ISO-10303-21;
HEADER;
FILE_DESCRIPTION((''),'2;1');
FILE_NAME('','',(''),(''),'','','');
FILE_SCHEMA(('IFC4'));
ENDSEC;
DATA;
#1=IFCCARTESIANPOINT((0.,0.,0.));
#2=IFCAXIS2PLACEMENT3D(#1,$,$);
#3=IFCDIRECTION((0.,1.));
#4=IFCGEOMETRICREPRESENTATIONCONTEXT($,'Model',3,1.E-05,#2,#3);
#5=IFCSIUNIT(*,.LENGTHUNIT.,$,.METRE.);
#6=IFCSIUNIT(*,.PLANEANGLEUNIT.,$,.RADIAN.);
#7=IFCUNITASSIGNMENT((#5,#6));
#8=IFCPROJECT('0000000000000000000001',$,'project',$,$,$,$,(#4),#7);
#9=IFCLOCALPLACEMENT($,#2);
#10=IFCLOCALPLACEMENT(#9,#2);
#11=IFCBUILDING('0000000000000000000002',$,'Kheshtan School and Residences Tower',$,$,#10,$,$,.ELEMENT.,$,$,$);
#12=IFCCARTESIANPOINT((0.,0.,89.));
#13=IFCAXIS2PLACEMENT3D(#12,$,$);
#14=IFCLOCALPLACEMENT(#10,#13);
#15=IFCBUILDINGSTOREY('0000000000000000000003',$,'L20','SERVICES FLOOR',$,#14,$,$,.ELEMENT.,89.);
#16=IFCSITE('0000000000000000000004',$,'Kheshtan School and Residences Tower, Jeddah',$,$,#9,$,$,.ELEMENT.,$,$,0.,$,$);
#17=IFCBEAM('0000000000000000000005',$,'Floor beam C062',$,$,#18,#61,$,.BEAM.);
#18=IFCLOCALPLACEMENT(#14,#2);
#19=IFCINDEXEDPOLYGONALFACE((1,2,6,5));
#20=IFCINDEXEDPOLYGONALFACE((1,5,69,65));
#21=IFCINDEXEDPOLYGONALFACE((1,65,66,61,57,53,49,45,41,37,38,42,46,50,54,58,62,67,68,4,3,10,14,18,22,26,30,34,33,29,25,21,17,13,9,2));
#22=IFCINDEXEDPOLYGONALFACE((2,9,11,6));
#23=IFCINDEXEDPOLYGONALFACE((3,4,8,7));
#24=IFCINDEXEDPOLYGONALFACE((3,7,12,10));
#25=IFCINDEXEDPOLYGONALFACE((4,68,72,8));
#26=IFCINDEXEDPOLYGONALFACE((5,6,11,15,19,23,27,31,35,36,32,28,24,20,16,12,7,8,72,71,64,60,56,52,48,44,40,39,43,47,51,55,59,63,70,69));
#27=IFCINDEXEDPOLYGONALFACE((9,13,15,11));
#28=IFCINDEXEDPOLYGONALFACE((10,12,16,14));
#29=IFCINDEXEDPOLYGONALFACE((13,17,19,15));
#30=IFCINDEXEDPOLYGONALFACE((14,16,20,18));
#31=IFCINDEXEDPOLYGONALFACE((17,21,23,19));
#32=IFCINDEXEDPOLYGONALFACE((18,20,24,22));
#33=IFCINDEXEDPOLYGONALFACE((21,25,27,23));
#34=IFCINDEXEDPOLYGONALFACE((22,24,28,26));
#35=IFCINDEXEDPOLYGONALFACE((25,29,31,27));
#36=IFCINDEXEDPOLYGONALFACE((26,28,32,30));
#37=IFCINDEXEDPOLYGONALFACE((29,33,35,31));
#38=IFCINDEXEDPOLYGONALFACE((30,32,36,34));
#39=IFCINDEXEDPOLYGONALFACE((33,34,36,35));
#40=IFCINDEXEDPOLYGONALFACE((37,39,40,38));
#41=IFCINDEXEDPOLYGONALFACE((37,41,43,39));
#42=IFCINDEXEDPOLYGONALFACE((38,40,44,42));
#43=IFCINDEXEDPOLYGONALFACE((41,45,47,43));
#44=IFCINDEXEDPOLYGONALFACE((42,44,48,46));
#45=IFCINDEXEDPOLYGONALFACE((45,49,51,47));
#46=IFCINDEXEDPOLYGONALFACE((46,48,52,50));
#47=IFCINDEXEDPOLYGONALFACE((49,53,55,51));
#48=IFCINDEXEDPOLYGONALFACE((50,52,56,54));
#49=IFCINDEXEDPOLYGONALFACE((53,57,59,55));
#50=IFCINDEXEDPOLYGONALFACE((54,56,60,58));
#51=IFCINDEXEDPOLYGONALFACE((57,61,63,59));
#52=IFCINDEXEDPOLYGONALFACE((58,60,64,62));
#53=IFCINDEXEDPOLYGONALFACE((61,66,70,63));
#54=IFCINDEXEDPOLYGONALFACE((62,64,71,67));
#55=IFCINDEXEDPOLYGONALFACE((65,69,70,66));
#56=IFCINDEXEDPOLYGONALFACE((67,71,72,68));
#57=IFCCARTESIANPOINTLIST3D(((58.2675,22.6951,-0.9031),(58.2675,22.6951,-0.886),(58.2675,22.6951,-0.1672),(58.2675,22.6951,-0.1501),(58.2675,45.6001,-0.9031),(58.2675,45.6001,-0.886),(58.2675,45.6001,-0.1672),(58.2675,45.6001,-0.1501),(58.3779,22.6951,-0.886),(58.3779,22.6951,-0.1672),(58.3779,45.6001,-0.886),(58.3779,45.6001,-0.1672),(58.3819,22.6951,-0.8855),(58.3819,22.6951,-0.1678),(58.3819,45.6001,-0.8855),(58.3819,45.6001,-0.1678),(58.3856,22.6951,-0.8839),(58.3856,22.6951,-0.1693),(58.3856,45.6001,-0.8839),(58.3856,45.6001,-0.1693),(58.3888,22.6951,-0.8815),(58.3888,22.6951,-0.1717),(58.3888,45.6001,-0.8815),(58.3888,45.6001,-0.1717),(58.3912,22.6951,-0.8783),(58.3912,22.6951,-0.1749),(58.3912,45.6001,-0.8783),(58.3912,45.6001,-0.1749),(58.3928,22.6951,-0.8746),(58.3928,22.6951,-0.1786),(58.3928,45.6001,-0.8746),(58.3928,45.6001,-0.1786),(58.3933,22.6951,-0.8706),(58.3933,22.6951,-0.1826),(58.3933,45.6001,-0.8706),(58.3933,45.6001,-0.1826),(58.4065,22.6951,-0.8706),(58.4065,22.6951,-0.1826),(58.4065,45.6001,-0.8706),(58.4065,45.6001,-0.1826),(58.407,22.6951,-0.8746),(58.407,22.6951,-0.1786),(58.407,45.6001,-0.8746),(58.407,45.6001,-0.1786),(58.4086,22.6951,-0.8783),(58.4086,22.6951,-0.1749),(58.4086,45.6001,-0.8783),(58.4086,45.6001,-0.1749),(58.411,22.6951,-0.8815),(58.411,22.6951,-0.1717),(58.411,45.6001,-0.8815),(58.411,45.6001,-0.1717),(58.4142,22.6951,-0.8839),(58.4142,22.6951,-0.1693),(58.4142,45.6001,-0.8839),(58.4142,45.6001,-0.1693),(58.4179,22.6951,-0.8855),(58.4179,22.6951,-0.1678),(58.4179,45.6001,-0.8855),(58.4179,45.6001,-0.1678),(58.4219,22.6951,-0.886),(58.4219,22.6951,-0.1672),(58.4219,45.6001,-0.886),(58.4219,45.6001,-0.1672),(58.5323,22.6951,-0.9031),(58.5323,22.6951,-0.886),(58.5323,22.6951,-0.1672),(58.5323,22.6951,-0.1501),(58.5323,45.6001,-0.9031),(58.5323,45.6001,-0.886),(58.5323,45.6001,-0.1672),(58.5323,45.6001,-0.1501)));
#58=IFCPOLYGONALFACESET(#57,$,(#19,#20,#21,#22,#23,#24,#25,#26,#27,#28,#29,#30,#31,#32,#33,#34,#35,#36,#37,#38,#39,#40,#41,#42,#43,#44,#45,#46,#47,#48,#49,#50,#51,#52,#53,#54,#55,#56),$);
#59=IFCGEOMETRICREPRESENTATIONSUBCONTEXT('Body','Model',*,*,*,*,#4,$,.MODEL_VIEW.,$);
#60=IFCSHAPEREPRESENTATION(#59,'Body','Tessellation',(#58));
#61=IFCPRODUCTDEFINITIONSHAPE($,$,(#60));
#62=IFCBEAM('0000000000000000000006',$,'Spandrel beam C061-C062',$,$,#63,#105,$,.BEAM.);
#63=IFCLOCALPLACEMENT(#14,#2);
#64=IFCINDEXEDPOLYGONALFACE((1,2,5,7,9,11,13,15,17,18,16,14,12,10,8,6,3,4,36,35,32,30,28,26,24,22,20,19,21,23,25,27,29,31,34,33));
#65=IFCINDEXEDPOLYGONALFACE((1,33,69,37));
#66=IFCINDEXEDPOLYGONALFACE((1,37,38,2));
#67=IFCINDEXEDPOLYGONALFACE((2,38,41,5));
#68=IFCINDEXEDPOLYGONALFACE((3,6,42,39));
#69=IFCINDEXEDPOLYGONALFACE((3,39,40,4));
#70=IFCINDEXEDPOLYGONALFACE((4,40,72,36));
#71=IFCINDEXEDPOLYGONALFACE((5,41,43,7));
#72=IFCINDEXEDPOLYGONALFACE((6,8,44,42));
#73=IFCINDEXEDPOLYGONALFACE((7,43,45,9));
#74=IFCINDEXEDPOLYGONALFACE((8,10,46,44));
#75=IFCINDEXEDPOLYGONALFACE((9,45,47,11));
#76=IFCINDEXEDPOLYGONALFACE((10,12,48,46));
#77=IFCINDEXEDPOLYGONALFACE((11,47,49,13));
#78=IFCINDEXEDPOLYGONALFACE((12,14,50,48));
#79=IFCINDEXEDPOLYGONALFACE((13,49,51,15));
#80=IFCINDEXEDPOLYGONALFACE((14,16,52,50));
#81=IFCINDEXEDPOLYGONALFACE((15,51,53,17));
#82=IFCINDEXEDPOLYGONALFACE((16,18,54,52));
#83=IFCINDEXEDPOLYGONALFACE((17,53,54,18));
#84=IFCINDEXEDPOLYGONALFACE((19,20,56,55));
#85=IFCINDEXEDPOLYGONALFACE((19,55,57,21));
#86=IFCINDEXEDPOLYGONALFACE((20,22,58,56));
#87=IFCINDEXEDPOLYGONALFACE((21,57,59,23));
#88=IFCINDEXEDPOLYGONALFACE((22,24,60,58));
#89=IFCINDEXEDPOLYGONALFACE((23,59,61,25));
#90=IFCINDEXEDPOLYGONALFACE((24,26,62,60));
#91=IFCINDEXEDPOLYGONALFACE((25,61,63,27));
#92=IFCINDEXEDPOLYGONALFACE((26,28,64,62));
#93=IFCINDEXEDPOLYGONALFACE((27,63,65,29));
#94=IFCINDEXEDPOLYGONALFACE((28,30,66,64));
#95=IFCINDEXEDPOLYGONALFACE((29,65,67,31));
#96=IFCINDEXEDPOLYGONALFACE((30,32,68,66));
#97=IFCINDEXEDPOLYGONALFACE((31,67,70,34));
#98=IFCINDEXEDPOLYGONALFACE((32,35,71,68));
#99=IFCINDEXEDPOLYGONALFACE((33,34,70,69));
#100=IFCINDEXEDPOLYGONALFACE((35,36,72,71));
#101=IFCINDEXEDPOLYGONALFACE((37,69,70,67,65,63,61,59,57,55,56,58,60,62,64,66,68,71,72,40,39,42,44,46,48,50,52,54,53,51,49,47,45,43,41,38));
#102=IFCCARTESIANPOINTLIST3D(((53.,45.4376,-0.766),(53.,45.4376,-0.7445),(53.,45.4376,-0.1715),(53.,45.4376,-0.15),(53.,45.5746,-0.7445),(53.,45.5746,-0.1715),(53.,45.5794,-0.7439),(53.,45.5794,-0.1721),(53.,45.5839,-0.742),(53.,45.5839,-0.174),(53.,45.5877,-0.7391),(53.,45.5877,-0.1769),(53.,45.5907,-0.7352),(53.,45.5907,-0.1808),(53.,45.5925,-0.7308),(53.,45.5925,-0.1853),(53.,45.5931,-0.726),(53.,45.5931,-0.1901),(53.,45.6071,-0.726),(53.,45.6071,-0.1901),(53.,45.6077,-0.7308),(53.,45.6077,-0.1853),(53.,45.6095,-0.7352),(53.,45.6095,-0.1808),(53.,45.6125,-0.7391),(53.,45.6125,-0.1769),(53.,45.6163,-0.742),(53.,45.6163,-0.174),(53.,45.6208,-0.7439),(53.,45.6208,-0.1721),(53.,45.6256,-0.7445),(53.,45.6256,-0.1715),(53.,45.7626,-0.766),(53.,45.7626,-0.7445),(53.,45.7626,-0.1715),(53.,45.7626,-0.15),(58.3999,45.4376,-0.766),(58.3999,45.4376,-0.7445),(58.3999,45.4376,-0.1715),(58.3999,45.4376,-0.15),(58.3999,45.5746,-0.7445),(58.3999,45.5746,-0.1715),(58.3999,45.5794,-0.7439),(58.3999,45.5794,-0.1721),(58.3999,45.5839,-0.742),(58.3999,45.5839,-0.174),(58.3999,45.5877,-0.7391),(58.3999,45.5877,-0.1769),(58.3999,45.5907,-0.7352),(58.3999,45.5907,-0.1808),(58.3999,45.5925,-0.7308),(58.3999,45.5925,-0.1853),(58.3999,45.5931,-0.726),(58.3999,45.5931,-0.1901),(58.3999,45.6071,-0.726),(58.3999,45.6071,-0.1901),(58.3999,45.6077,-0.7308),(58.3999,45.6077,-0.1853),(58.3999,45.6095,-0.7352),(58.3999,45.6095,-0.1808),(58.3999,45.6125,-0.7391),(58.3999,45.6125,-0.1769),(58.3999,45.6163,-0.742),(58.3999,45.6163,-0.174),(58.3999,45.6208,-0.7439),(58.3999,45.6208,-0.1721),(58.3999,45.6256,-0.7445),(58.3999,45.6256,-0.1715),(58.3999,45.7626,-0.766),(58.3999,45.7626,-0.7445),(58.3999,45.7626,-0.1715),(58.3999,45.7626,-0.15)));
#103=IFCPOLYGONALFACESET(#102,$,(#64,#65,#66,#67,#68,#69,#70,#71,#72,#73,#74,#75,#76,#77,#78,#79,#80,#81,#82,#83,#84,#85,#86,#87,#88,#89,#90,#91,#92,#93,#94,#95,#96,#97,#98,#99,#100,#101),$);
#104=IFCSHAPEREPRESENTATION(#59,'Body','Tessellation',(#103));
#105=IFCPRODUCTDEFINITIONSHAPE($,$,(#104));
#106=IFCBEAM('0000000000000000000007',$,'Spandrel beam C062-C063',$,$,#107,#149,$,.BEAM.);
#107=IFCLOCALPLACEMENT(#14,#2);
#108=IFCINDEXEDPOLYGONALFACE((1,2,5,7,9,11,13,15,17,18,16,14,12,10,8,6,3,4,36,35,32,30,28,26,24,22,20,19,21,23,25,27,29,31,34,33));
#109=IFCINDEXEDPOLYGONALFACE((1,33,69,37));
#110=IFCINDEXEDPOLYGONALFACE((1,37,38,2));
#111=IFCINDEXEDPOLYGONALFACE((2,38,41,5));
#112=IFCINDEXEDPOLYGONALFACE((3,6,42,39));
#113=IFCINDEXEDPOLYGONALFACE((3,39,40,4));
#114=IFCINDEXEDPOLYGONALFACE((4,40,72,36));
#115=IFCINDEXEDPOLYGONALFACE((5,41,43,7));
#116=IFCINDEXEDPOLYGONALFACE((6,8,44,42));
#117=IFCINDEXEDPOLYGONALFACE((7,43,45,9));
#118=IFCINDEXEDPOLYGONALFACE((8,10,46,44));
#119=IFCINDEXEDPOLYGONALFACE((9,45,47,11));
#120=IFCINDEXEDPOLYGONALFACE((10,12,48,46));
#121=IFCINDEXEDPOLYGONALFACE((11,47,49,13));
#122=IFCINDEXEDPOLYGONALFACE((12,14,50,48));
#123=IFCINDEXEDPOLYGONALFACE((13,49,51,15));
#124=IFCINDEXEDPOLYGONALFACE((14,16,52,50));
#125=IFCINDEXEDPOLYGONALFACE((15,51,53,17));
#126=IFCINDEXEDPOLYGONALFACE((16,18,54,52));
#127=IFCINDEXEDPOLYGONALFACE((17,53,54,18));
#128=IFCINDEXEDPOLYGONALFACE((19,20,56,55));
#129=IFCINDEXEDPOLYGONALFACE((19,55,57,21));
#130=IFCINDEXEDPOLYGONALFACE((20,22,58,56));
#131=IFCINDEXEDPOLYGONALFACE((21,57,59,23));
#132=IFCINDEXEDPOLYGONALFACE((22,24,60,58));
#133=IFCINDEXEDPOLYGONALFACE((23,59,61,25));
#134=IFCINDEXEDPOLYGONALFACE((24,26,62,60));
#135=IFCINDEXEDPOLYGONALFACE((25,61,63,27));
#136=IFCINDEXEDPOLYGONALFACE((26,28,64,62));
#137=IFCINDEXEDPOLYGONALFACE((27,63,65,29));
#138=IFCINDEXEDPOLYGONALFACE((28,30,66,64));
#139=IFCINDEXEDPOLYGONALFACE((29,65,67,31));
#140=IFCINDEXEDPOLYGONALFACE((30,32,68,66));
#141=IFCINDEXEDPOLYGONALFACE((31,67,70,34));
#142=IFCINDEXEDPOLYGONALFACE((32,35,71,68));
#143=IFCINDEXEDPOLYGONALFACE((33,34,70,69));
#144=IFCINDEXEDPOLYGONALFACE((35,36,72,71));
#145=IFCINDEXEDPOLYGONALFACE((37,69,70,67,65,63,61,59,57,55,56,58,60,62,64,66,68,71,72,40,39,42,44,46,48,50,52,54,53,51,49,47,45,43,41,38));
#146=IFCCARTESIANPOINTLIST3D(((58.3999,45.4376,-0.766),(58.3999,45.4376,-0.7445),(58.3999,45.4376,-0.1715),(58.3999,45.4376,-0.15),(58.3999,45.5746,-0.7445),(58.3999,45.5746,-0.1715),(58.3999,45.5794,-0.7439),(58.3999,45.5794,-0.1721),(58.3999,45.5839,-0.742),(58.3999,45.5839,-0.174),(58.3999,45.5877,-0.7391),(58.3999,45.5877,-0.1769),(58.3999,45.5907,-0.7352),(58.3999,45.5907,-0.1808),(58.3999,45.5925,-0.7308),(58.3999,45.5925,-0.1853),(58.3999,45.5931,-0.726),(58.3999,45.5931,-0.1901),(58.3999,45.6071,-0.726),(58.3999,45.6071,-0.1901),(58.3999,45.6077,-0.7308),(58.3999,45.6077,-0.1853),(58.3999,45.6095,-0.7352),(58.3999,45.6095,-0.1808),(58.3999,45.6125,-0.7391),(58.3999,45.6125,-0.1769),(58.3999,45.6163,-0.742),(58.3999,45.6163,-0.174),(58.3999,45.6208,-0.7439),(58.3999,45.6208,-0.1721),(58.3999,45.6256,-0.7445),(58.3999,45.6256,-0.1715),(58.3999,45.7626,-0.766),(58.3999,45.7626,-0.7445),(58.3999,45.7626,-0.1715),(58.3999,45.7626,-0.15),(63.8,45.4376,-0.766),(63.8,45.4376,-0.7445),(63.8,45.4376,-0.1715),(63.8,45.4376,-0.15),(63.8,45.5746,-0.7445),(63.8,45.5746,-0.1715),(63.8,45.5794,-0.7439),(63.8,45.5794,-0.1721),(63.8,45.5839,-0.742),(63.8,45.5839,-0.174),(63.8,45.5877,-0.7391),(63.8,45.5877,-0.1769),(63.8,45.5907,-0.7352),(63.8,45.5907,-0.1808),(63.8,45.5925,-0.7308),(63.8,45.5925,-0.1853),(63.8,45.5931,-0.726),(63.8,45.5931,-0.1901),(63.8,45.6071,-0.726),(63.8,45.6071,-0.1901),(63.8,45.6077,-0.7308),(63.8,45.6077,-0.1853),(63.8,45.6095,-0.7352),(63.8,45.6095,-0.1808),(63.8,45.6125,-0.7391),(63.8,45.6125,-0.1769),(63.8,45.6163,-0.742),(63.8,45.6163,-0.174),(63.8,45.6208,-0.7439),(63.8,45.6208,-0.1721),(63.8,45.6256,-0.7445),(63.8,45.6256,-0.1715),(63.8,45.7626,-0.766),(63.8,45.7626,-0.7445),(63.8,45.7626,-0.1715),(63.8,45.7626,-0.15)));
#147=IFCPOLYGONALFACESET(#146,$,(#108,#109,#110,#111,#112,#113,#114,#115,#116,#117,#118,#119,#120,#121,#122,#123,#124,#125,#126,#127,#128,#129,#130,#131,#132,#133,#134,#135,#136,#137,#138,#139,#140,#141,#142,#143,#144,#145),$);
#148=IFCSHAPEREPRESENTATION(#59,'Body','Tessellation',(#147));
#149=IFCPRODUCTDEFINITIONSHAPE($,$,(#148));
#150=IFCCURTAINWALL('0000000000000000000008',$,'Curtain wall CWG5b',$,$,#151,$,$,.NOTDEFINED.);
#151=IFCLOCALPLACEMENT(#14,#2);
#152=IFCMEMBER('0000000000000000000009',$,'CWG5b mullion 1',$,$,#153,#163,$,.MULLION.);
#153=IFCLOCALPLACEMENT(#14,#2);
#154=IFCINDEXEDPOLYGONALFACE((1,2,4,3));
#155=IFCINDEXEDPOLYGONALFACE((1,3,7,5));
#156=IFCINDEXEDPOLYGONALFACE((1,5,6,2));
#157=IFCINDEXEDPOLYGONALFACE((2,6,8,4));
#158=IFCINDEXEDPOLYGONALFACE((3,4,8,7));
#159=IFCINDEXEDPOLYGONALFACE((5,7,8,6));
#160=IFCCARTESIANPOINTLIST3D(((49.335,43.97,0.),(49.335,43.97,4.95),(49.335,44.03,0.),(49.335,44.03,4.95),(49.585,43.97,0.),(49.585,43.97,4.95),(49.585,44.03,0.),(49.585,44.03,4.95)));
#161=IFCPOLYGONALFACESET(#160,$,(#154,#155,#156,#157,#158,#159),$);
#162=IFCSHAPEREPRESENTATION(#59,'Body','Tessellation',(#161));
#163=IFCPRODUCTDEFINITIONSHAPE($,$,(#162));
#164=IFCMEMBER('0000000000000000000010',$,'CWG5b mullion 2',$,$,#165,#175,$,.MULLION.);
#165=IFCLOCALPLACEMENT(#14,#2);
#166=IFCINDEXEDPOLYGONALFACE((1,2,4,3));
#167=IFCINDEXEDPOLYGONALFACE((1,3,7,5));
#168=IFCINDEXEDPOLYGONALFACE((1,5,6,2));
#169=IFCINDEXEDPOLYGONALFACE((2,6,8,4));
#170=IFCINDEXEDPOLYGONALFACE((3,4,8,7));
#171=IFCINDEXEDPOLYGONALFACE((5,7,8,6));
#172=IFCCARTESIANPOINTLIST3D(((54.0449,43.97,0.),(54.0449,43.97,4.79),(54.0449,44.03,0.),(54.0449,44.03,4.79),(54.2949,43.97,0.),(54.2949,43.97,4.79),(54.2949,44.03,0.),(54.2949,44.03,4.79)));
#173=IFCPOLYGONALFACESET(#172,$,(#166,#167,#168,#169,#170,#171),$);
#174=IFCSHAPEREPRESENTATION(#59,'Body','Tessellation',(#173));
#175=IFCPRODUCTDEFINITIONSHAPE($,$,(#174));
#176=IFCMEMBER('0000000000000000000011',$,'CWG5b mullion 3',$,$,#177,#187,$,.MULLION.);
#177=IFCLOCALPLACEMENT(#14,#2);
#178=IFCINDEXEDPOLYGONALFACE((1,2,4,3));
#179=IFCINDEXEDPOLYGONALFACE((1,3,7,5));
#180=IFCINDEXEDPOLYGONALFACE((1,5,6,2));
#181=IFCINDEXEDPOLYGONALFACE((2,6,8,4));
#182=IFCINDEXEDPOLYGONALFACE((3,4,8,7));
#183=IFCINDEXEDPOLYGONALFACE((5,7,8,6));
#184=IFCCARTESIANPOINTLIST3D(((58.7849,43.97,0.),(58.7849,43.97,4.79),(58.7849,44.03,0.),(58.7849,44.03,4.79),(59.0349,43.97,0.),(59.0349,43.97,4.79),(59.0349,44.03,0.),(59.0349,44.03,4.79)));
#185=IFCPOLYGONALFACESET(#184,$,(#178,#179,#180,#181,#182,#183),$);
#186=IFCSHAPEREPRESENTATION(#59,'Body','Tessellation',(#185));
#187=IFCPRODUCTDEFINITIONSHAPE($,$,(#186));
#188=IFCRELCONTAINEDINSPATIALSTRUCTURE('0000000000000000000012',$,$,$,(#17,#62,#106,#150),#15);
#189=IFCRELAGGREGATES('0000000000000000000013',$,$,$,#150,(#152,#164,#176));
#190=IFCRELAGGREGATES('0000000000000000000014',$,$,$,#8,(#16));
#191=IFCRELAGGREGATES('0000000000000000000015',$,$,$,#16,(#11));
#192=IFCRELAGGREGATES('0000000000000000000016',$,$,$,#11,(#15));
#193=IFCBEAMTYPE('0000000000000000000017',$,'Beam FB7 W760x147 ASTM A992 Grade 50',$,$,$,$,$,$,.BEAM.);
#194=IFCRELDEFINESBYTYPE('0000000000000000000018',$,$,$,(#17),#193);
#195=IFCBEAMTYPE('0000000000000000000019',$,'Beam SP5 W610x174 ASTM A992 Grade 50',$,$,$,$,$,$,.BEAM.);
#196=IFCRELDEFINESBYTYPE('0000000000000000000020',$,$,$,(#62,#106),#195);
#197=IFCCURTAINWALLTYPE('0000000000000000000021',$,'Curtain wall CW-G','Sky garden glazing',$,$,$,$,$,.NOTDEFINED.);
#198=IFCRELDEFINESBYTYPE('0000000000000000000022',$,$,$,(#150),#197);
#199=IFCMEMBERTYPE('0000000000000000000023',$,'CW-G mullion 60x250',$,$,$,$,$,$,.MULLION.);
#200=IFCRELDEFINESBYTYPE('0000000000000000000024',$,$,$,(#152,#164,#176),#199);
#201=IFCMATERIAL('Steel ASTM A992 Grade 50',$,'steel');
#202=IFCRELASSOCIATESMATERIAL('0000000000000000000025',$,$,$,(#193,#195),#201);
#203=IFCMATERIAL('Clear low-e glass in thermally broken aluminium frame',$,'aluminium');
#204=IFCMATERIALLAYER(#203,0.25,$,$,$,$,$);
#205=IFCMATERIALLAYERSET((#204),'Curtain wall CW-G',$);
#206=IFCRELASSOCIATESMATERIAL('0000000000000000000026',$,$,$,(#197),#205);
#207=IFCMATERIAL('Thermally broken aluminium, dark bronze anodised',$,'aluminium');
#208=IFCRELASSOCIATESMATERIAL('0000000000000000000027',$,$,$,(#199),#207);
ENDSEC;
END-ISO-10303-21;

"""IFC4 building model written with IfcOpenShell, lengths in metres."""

from ifc_helpers import new_model, si_unit, direction, frame, origin, origin_2d, place, context, subcontext, project, spatial, rectangle, i_section, extrude, material, layer, layer_set, material_profile, profile_set, type_object, element, aggregate, save


model = new_model("IFC4")

# Units and contexts
model_context = context("Model", 3, precision=1e-05, world=origin(), true_north=direction((0.0, 1.0)))
body_context = subcontext(model_context, "Body", "Model", "MODEL_VIEW")
ifc_project = project(units=[si_unit("LENGTHUNIT", "METRE"), si_unit("PLANEANGLEUNIT", "RADIAN")], contexts=[model_context])

# Site, building, storey
site_placement = place(None, origin())
site = spatial("IfcSite", under=ifc_project, at=site_placement, Name="Kheshtan School and Residences Tower, Jeddah", CompositionType="ELEMENT", RefElevation=0.0)
building_placement = place(site_placement, origin())
building = spatial("IfcBuilding", under=site, at=building_placement, Name="Kheshtan School and Residences Tower", CompositionType="ELEMENT")
storey_placement = place(building_placement, frame((0.0, 0.0, 89.0)))
storey = spatial("IfcBuildingStorey", under=building, at=storey_placement, Name="L20", Description="SERVICES FLOOR", CompositionType="ELEMENT", Elevation=89.0)

# Shared definitions
ifc_material_1 = material(Name="Steel ASTM A992 Grade 50", Category="steel")

# Beams
ifc_material_profile_1 = material_profile(ifc_material_1, i_section(OverallWidth=0.2649, OverallDepth=0.7529, WebThickness=0.0132, FlangeThickness=0.0171, FilletRadius=0.0154, at=origin_2d()), Name="W760x147")
ifc_profile_set_1 = profile_set([ifc_material_profile_1], Name="Steel ASTM A992 Grade 50")
beam_type_1 = type_object("IfcBeamType", Name="Beam FB7 W760x147 ASTM A992 Grade 50", PredefinedType="BEAM", material=ifc_profile_set_1)
beam_1_placement = place(storey_placement, frame((58.3999, 45.6001, -0.5266), z_axis=(0.0, -1.0, 0.0), x_axis=(1.0, 0.0, 0.0)))
element("IfcBeam", 1, at=beam_1_placement, inside=storey, type_object=beam_type_1, Name="Floor beam C062", PredefinedType="BEAM", context=body_context, shape_type="SweptSolid", body=[
    extrude(i_section(OverallWidth=0.2649, OverallDepth=0.7529, WebThickness=0.0132, FlangeThickness=0.0171, FilletRadius=0.0154, at=origin_2d()), origin(), (0.0, 0.0, 1.0), 22.905),
])
ifc_material_profile_2 = material_profile(ifc_material_1, i_section(OverallWidth=0.325, OverallDepth=0.616, WebThickness=0.0139, FlangeThickness=0.0215, FilletRadius=0.0186, at=origin_2d()), Name="W610x174")
ifc_profile_set_2 = profile_set([ifc_material_profile_2], Name="Steel ASTM A992 Grade 50")
beam_type_2 = type_object("IfcBeamType", Name="Beam SP5 W610x174 ASTM A992 Grade 50", PredefinedType="BEAM", material=ifc_profile_set_2)
beam_2_placement = place(storey_placement, frame((53.0, 45.6001, -0.458), z_axis=(1.0, 0.0, 0.0), x_axis=(0.0, 1.0, 0.0)))
element("IfcBeam", 2, at=beam_2_placement, inside=storey, type_object=beam_type_2, Name="Spandrel beam C061-C062", PredefinedType="BEAM", context=body_context, shape_type="SweptSolid", body=[
    extrude(i_section(OverallWidth=0.325, OverallDepth=0.616, WebThickness=0.0139, FlangeThickness=0.0215, FilletRadius=0.0186, at=origin_2d()), origin(), (0.0, 0.0, 1.0), 5.3999),
])
beam_3_placement = place(storey_placement, frame((58.3999, 45.6001, -0.458), z_axis=(1.0, 0.0, 0.0), x_axis=(0.0, 1.0, 0.0)))
element("IfcBeam", 3, at=beam_3_placement, inside=storey, type_object=beam_type_2, Name="Spandrel beam C062-C063", PredefinedType="BEAM", context=body_context, shape_type="SweptSolid", body=[
    extrude(i_section(OverallWidth=0.325, OverallDepth=0.616, WebThickness=0.0139, FlangeThickness=0.0215, FilletRadius=0.0186, at=origin_2d()), origin(), (0.0, 0.0, 1.0), 5.4001),
])

# Curtain wall, members
ifc_material_2 = material(Name="Clear low-e glass in thermally broken aluminium frame", Category="aluminium")
ifc_layer_1 = layer(ifc_material_2, 0.25)
ifc_layer_set_1 = layer_set([ifc_layer_1], Name="Curtain wall CW-G")
curtain_wall_type = type_object("IfcCurtainWallType", Name="Curtain wall CW-G", Description="Sky garden glazing", PredefinedType="NOTDEFINED", material=ifc_layer_set_1)
curtain_wall_placement = place(storey_placement, origin())
curtain_wall = element("IfcCurtainWall", 4, at=curtain_wall_placement, inside=storey, type_object=curtain_wall_type, Name="Curtain wall CWG5b", PredefinedType="NOTDEFINED")
ifc_material_3 = material(Name="Thermally broken aluminium, dark bronze anodised", Category="aluminium")
ifc_material_profile_3 = material_profile(ifc_material_3, rectangle(XDim=0.0601, YDim=0.25, at=origin_2d()), Name="CW-G mullion 60x250")
ifc_profile_set_3 = profile_set([ifc_material_profile_3], Name="Thermally broken aluminium, dark bronze anodised")
member_type_1 = type_object("IfcMemberType", Name="CW-G mullion 60x250", PredefinedType="MULLION", material=ifc_profile_set_3)
member_1_placement = place(storey_placement, frame((49.46, 44.0, 0.0), z_axis=(0.0, 0.0, 1.0), x_axis=(0.0, 1.0, 0.0)))
member_1 = element("IfcMember", 5, at=member_1_placement, type_object=member_type_1, Name="CWG5b mullion 1", PredefinedType="MULLION", context=body_context, shape_type="SweptSolid", body=[
    extrude(rectangle(XDim=0.0601, YDim=0.25, at=origin_2d()), origin(), (0.0, 0.0, 1.0), 4.95),
])
member_2_placement = place(storey_placement, frame((54.1699, 44.0, 0.0), z_axis=(0.0, 0.0, 1.0), x_axis=(0.0, 1.0, 0.0)))
member_2 = element("IfcMember", 6, at=member_2_placement, type_object=member_type_1, Name="CWG5b mullion 2", PredefinedType="MULLION", context=body_context, shape_type="SweptSolid", body=[
    extrude(rectangle(XDim=0.0601, YDim=0.25, at=origin_2d()), origin(), (0.0, 0.0, 1.0), 4.79),
])
member_3_placement = place(storey_placement, frame((58.9099, 44.0, 0.0), z_axis=(0.0, 0.0, 1.0), x_axis=(0.0, 1.0, 0.0)))
member_3 = element("IfcMember", 7, at=member_3_placement, type_object=member_type_1, Name="CWG5b mullion 3", PredefinedType="MULLION", context=body_context, shape_type="SweptSolid", body=[
    extrude(rectangle(XDim=0.0601, YDim=0.25, at=origin_2d()), origin(), (0.0, 0.0, 1.0), 4.79),
])

aggregate(curtain_wall, [member_1, member_2, member_3])

save(model, "model.ifc")
